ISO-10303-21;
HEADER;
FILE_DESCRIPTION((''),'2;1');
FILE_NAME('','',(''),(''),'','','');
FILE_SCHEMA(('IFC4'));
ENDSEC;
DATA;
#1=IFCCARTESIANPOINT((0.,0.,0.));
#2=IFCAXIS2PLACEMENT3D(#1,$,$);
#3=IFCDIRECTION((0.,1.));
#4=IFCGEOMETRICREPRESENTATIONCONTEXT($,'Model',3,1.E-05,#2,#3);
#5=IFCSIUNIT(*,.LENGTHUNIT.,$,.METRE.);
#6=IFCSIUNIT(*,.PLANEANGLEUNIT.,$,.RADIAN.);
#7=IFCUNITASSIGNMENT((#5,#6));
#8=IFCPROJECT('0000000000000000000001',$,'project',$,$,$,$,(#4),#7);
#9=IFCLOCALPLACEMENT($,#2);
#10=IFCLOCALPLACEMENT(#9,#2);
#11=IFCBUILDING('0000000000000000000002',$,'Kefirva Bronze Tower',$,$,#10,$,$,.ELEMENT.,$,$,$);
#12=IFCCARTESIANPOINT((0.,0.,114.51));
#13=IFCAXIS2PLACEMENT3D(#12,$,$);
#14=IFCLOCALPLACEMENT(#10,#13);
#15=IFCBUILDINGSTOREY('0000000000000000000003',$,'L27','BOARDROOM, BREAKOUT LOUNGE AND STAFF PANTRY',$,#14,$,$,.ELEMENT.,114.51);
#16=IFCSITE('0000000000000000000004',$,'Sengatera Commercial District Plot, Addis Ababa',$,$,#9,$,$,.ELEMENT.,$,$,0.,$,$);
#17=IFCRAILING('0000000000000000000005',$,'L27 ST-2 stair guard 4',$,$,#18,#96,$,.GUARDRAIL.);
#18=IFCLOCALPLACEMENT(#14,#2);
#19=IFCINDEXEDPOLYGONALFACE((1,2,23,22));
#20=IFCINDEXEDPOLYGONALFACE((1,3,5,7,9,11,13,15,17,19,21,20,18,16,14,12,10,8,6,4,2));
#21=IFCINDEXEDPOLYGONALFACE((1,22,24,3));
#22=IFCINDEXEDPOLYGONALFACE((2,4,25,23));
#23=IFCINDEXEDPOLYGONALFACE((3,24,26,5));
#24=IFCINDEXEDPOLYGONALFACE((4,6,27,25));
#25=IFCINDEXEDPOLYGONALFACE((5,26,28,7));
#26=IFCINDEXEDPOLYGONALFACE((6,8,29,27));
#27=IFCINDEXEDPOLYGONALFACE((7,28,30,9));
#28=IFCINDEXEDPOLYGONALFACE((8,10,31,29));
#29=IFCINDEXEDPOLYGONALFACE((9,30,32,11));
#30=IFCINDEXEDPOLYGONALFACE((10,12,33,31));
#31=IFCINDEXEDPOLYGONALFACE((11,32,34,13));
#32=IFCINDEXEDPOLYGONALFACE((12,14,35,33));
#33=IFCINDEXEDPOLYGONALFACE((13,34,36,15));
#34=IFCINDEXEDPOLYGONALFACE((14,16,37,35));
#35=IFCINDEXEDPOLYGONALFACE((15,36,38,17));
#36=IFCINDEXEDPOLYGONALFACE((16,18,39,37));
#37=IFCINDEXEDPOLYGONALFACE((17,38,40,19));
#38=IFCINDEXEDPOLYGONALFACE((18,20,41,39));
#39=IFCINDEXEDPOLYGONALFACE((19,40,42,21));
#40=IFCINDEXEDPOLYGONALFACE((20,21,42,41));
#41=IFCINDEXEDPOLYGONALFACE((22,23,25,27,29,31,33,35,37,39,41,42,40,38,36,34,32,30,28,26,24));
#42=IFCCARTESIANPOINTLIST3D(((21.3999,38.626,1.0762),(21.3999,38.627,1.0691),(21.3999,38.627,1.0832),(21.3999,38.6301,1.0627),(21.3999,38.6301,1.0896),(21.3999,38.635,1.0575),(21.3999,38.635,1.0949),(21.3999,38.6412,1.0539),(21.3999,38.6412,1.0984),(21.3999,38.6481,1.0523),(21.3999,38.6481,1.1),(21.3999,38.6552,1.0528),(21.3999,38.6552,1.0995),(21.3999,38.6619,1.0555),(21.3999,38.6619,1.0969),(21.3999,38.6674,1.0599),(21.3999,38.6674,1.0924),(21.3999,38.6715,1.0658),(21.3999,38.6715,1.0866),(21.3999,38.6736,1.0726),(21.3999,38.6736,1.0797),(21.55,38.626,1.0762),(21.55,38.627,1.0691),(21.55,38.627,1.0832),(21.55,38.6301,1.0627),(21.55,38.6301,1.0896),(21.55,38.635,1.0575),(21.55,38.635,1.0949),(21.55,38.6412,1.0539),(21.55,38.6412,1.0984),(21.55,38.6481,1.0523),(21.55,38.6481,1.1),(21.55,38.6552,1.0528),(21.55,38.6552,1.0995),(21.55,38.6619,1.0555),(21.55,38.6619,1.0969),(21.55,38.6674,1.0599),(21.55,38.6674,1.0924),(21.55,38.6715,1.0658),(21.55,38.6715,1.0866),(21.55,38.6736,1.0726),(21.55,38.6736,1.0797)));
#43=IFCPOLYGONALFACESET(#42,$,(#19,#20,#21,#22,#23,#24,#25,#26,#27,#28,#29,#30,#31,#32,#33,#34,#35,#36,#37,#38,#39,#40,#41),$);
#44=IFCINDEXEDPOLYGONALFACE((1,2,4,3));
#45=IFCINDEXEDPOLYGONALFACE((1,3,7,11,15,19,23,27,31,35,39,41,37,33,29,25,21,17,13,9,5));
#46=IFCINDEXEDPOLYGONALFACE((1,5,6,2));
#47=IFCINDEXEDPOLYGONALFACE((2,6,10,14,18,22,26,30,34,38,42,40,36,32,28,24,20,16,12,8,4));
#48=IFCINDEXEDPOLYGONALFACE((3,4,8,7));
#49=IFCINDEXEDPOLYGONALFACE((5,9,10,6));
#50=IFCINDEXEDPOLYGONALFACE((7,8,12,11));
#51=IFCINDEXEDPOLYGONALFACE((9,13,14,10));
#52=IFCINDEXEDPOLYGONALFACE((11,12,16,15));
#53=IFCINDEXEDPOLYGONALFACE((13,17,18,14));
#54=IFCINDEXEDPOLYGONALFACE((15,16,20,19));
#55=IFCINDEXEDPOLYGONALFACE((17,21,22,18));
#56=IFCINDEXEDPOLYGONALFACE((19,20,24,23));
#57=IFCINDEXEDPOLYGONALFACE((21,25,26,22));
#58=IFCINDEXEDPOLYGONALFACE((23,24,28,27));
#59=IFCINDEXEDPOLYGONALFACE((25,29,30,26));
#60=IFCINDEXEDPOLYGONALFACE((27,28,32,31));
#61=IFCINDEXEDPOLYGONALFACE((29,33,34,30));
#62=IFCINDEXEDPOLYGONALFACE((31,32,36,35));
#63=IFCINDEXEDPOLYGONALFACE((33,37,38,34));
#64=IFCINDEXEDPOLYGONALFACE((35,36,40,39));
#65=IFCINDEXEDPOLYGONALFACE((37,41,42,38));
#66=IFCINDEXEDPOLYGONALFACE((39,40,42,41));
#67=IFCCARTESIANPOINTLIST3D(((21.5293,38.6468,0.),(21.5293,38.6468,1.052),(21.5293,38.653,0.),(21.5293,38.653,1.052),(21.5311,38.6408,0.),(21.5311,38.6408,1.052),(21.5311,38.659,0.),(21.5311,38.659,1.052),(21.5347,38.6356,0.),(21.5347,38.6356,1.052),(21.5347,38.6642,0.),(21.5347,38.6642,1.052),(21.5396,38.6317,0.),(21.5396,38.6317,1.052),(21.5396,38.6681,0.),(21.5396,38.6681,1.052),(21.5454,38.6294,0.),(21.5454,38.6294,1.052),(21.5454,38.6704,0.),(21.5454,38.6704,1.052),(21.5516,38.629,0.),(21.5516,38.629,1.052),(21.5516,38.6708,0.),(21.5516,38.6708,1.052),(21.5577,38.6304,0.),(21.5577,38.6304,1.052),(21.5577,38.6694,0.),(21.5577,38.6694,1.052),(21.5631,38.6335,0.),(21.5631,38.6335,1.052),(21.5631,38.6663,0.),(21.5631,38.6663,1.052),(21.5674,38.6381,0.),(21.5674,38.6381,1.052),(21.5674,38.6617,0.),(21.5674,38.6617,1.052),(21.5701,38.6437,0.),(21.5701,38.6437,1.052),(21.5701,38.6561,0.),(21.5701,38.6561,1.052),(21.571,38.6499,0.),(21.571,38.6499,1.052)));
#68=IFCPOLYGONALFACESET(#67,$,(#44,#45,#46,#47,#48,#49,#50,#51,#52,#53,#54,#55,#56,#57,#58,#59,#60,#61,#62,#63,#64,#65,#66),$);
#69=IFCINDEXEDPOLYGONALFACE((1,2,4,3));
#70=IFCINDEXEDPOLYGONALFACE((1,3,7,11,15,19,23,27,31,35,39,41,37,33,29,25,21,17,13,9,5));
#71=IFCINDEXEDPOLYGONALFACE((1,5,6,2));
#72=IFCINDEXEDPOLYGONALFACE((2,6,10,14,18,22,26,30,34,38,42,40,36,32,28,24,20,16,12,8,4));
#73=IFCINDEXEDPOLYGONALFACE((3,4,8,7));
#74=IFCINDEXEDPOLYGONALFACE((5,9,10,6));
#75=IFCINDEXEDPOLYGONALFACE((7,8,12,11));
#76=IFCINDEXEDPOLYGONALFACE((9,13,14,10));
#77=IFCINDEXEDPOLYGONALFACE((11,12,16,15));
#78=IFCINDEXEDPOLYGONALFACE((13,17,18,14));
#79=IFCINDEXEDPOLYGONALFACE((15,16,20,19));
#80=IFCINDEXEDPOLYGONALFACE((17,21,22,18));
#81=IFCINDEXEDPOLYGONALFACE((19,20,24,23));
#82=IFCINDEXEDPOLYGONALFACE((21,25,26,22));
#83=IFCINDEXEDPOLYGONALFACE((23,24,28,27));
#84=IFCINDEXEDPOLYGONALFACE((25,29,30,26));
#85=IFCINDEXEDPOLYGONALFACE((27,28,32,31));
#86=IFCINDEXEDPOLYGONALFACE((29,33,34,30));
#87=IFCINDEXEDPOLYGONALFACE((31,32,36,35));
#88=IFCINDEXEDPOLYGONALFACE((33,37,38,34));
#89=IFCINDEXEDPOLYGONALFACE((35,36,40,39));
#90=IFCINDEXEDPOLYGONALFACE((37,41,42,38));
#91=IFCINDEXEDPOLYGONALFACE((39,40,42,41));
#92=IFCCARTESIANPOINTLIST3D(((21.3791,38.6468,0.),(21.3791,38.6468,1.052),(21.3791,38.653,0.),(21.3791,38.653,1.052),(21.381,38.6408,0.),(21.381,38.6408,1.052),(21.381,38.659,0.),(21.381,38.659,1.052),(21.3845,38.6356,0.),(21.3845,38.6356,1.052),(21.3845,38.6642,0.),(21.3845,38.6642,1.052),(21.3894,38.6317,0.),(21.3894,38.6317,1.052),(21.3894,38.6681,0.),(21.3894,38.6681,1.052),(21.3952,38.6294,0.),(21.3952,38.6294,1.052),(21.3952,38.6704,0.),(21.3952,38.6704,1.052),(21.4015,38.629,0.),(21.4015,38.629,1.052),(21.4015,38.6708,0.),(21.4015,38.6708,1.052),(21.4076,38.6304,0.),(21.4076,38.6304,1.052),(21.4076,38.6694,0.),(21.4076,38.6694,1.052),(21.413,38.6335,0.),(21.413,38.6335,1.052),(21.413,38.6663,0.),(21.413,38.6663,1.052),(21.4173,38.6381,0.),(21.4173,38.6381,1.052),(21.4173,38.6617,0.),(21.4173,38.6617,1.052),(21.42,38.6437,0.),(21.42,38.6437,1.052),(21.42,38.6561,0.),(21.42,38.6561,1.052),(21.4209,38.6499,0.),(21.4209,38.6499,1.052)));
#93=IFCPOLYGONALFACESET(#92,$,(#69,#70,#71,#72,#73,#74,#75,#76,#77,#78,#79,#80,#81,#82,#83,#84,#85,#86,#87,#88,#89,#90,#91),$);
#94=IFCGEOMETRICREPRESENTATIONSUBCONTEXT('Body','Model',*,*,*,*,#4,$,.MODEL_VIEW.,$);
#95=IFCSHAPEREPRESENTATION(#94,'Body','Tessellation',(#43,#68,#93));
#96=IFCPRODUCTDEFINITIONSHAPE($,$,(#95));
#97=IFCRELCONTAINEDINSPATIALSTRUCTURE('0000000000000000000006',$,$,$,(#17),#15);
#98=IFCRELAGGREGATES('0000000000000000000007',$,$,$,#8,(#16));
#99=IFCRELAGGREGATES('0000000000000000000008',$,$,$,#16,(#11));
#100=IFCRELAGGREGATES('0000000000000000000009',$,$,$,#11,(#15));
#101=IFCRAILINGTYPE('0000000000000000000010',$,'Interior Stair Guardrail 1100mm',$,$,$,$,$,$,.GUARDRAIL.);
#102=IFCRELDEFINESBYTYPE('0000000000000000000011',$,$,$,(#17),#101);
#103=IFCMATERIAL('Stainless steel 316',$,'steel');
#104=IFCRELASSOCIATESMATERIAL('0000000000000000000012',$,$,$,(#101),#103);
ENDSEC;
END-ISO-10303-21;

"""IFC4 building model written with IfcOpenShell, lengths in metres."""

from ifc_helpers import new_model, si_unit, direction, frame, origin, origin_2d, place, context, subcontext, project, spatial, circle, extrude, material, type_object, element, save


model = new_model("IFC4")

# Units and contexts
model_context = context("Model", 3, precision=1e-05, world=origin(), true_north=direction((0.0, 1.0)))
body_context = subcontext(model_context, "Body", "Model", "MODEL_VIEW")
ifc_project = project(units=[si_unit("LENGTHUNIT", "METRE"), si_unit("PLANEANGLEUNIT", "RADIAN")], contexts=[model_context])

# Site, building, storey
site_placement = place(None, origin())
site = spatial("IfcSite", under=ifc_project, at=site_placement, Name="Sengatera Commercial District Plot, Addis Ababa", CompositionType="ELEMENT", RefElevation=0.0)
building_placement = place(site_placement, origin())
building = spatial("IfcBuilding", under=site, at=building_placement, Name="Kefirva Bronze Tower", CompositionType="ELEMENT")
storey_placement = place(building_placement, frame((0.0, 0.0, 114.51)))
storey = spatial("IfcBuildingStorey", under=building, at=storey_placement, Name="L27", Description="BOARDROOM, BREAKOUT LOUNGE AND STAFF PANTRY", CompositionType="ELEMENT", Elevation=114.51)

# Railing
ifc_material_1 = material(Name="Stainless steel 316", Category="steel")
railing_type_1 = type_object("IfcRailingType", Name="Interior Stair Guardrail 1100mm", PredefinedType="GUARDRAIL", material=ifc_material_1)
railing_1_placement = place(storey_placement, frame((21.55, 38.6499, 0.0)))
element("IfcRailing", 1, at=railing_1_placement, inside=storey, type_object=railing_type_1, Name="L27 ST-2 stair guard 4", PredefinedType="GUARDRAIL", context=body_context, shape_type="SweptSolid", body=[
    extrude(circle(Radius=0.0239, at=origin_2d()), frame((0.0, 0.0, 1.0762), z_axis=(-1.0, 0.0, 0.0), x_axis=(0.0, -1.0, 0.0)), (0.0, 0.0, 1.0), 0.1501),
    extrude(circle(Radius=0.021, at=origin_2d()), origin(), (0.0, 0.0, 1.0), 1.052),
    extrude(circle(Radius=0.021, at=origin_2d()), frame((-0.1501, 0.0, 0.0)), (0.0, 0.0, 1.0), 1.052),
])

save(model, "model.ifc")
